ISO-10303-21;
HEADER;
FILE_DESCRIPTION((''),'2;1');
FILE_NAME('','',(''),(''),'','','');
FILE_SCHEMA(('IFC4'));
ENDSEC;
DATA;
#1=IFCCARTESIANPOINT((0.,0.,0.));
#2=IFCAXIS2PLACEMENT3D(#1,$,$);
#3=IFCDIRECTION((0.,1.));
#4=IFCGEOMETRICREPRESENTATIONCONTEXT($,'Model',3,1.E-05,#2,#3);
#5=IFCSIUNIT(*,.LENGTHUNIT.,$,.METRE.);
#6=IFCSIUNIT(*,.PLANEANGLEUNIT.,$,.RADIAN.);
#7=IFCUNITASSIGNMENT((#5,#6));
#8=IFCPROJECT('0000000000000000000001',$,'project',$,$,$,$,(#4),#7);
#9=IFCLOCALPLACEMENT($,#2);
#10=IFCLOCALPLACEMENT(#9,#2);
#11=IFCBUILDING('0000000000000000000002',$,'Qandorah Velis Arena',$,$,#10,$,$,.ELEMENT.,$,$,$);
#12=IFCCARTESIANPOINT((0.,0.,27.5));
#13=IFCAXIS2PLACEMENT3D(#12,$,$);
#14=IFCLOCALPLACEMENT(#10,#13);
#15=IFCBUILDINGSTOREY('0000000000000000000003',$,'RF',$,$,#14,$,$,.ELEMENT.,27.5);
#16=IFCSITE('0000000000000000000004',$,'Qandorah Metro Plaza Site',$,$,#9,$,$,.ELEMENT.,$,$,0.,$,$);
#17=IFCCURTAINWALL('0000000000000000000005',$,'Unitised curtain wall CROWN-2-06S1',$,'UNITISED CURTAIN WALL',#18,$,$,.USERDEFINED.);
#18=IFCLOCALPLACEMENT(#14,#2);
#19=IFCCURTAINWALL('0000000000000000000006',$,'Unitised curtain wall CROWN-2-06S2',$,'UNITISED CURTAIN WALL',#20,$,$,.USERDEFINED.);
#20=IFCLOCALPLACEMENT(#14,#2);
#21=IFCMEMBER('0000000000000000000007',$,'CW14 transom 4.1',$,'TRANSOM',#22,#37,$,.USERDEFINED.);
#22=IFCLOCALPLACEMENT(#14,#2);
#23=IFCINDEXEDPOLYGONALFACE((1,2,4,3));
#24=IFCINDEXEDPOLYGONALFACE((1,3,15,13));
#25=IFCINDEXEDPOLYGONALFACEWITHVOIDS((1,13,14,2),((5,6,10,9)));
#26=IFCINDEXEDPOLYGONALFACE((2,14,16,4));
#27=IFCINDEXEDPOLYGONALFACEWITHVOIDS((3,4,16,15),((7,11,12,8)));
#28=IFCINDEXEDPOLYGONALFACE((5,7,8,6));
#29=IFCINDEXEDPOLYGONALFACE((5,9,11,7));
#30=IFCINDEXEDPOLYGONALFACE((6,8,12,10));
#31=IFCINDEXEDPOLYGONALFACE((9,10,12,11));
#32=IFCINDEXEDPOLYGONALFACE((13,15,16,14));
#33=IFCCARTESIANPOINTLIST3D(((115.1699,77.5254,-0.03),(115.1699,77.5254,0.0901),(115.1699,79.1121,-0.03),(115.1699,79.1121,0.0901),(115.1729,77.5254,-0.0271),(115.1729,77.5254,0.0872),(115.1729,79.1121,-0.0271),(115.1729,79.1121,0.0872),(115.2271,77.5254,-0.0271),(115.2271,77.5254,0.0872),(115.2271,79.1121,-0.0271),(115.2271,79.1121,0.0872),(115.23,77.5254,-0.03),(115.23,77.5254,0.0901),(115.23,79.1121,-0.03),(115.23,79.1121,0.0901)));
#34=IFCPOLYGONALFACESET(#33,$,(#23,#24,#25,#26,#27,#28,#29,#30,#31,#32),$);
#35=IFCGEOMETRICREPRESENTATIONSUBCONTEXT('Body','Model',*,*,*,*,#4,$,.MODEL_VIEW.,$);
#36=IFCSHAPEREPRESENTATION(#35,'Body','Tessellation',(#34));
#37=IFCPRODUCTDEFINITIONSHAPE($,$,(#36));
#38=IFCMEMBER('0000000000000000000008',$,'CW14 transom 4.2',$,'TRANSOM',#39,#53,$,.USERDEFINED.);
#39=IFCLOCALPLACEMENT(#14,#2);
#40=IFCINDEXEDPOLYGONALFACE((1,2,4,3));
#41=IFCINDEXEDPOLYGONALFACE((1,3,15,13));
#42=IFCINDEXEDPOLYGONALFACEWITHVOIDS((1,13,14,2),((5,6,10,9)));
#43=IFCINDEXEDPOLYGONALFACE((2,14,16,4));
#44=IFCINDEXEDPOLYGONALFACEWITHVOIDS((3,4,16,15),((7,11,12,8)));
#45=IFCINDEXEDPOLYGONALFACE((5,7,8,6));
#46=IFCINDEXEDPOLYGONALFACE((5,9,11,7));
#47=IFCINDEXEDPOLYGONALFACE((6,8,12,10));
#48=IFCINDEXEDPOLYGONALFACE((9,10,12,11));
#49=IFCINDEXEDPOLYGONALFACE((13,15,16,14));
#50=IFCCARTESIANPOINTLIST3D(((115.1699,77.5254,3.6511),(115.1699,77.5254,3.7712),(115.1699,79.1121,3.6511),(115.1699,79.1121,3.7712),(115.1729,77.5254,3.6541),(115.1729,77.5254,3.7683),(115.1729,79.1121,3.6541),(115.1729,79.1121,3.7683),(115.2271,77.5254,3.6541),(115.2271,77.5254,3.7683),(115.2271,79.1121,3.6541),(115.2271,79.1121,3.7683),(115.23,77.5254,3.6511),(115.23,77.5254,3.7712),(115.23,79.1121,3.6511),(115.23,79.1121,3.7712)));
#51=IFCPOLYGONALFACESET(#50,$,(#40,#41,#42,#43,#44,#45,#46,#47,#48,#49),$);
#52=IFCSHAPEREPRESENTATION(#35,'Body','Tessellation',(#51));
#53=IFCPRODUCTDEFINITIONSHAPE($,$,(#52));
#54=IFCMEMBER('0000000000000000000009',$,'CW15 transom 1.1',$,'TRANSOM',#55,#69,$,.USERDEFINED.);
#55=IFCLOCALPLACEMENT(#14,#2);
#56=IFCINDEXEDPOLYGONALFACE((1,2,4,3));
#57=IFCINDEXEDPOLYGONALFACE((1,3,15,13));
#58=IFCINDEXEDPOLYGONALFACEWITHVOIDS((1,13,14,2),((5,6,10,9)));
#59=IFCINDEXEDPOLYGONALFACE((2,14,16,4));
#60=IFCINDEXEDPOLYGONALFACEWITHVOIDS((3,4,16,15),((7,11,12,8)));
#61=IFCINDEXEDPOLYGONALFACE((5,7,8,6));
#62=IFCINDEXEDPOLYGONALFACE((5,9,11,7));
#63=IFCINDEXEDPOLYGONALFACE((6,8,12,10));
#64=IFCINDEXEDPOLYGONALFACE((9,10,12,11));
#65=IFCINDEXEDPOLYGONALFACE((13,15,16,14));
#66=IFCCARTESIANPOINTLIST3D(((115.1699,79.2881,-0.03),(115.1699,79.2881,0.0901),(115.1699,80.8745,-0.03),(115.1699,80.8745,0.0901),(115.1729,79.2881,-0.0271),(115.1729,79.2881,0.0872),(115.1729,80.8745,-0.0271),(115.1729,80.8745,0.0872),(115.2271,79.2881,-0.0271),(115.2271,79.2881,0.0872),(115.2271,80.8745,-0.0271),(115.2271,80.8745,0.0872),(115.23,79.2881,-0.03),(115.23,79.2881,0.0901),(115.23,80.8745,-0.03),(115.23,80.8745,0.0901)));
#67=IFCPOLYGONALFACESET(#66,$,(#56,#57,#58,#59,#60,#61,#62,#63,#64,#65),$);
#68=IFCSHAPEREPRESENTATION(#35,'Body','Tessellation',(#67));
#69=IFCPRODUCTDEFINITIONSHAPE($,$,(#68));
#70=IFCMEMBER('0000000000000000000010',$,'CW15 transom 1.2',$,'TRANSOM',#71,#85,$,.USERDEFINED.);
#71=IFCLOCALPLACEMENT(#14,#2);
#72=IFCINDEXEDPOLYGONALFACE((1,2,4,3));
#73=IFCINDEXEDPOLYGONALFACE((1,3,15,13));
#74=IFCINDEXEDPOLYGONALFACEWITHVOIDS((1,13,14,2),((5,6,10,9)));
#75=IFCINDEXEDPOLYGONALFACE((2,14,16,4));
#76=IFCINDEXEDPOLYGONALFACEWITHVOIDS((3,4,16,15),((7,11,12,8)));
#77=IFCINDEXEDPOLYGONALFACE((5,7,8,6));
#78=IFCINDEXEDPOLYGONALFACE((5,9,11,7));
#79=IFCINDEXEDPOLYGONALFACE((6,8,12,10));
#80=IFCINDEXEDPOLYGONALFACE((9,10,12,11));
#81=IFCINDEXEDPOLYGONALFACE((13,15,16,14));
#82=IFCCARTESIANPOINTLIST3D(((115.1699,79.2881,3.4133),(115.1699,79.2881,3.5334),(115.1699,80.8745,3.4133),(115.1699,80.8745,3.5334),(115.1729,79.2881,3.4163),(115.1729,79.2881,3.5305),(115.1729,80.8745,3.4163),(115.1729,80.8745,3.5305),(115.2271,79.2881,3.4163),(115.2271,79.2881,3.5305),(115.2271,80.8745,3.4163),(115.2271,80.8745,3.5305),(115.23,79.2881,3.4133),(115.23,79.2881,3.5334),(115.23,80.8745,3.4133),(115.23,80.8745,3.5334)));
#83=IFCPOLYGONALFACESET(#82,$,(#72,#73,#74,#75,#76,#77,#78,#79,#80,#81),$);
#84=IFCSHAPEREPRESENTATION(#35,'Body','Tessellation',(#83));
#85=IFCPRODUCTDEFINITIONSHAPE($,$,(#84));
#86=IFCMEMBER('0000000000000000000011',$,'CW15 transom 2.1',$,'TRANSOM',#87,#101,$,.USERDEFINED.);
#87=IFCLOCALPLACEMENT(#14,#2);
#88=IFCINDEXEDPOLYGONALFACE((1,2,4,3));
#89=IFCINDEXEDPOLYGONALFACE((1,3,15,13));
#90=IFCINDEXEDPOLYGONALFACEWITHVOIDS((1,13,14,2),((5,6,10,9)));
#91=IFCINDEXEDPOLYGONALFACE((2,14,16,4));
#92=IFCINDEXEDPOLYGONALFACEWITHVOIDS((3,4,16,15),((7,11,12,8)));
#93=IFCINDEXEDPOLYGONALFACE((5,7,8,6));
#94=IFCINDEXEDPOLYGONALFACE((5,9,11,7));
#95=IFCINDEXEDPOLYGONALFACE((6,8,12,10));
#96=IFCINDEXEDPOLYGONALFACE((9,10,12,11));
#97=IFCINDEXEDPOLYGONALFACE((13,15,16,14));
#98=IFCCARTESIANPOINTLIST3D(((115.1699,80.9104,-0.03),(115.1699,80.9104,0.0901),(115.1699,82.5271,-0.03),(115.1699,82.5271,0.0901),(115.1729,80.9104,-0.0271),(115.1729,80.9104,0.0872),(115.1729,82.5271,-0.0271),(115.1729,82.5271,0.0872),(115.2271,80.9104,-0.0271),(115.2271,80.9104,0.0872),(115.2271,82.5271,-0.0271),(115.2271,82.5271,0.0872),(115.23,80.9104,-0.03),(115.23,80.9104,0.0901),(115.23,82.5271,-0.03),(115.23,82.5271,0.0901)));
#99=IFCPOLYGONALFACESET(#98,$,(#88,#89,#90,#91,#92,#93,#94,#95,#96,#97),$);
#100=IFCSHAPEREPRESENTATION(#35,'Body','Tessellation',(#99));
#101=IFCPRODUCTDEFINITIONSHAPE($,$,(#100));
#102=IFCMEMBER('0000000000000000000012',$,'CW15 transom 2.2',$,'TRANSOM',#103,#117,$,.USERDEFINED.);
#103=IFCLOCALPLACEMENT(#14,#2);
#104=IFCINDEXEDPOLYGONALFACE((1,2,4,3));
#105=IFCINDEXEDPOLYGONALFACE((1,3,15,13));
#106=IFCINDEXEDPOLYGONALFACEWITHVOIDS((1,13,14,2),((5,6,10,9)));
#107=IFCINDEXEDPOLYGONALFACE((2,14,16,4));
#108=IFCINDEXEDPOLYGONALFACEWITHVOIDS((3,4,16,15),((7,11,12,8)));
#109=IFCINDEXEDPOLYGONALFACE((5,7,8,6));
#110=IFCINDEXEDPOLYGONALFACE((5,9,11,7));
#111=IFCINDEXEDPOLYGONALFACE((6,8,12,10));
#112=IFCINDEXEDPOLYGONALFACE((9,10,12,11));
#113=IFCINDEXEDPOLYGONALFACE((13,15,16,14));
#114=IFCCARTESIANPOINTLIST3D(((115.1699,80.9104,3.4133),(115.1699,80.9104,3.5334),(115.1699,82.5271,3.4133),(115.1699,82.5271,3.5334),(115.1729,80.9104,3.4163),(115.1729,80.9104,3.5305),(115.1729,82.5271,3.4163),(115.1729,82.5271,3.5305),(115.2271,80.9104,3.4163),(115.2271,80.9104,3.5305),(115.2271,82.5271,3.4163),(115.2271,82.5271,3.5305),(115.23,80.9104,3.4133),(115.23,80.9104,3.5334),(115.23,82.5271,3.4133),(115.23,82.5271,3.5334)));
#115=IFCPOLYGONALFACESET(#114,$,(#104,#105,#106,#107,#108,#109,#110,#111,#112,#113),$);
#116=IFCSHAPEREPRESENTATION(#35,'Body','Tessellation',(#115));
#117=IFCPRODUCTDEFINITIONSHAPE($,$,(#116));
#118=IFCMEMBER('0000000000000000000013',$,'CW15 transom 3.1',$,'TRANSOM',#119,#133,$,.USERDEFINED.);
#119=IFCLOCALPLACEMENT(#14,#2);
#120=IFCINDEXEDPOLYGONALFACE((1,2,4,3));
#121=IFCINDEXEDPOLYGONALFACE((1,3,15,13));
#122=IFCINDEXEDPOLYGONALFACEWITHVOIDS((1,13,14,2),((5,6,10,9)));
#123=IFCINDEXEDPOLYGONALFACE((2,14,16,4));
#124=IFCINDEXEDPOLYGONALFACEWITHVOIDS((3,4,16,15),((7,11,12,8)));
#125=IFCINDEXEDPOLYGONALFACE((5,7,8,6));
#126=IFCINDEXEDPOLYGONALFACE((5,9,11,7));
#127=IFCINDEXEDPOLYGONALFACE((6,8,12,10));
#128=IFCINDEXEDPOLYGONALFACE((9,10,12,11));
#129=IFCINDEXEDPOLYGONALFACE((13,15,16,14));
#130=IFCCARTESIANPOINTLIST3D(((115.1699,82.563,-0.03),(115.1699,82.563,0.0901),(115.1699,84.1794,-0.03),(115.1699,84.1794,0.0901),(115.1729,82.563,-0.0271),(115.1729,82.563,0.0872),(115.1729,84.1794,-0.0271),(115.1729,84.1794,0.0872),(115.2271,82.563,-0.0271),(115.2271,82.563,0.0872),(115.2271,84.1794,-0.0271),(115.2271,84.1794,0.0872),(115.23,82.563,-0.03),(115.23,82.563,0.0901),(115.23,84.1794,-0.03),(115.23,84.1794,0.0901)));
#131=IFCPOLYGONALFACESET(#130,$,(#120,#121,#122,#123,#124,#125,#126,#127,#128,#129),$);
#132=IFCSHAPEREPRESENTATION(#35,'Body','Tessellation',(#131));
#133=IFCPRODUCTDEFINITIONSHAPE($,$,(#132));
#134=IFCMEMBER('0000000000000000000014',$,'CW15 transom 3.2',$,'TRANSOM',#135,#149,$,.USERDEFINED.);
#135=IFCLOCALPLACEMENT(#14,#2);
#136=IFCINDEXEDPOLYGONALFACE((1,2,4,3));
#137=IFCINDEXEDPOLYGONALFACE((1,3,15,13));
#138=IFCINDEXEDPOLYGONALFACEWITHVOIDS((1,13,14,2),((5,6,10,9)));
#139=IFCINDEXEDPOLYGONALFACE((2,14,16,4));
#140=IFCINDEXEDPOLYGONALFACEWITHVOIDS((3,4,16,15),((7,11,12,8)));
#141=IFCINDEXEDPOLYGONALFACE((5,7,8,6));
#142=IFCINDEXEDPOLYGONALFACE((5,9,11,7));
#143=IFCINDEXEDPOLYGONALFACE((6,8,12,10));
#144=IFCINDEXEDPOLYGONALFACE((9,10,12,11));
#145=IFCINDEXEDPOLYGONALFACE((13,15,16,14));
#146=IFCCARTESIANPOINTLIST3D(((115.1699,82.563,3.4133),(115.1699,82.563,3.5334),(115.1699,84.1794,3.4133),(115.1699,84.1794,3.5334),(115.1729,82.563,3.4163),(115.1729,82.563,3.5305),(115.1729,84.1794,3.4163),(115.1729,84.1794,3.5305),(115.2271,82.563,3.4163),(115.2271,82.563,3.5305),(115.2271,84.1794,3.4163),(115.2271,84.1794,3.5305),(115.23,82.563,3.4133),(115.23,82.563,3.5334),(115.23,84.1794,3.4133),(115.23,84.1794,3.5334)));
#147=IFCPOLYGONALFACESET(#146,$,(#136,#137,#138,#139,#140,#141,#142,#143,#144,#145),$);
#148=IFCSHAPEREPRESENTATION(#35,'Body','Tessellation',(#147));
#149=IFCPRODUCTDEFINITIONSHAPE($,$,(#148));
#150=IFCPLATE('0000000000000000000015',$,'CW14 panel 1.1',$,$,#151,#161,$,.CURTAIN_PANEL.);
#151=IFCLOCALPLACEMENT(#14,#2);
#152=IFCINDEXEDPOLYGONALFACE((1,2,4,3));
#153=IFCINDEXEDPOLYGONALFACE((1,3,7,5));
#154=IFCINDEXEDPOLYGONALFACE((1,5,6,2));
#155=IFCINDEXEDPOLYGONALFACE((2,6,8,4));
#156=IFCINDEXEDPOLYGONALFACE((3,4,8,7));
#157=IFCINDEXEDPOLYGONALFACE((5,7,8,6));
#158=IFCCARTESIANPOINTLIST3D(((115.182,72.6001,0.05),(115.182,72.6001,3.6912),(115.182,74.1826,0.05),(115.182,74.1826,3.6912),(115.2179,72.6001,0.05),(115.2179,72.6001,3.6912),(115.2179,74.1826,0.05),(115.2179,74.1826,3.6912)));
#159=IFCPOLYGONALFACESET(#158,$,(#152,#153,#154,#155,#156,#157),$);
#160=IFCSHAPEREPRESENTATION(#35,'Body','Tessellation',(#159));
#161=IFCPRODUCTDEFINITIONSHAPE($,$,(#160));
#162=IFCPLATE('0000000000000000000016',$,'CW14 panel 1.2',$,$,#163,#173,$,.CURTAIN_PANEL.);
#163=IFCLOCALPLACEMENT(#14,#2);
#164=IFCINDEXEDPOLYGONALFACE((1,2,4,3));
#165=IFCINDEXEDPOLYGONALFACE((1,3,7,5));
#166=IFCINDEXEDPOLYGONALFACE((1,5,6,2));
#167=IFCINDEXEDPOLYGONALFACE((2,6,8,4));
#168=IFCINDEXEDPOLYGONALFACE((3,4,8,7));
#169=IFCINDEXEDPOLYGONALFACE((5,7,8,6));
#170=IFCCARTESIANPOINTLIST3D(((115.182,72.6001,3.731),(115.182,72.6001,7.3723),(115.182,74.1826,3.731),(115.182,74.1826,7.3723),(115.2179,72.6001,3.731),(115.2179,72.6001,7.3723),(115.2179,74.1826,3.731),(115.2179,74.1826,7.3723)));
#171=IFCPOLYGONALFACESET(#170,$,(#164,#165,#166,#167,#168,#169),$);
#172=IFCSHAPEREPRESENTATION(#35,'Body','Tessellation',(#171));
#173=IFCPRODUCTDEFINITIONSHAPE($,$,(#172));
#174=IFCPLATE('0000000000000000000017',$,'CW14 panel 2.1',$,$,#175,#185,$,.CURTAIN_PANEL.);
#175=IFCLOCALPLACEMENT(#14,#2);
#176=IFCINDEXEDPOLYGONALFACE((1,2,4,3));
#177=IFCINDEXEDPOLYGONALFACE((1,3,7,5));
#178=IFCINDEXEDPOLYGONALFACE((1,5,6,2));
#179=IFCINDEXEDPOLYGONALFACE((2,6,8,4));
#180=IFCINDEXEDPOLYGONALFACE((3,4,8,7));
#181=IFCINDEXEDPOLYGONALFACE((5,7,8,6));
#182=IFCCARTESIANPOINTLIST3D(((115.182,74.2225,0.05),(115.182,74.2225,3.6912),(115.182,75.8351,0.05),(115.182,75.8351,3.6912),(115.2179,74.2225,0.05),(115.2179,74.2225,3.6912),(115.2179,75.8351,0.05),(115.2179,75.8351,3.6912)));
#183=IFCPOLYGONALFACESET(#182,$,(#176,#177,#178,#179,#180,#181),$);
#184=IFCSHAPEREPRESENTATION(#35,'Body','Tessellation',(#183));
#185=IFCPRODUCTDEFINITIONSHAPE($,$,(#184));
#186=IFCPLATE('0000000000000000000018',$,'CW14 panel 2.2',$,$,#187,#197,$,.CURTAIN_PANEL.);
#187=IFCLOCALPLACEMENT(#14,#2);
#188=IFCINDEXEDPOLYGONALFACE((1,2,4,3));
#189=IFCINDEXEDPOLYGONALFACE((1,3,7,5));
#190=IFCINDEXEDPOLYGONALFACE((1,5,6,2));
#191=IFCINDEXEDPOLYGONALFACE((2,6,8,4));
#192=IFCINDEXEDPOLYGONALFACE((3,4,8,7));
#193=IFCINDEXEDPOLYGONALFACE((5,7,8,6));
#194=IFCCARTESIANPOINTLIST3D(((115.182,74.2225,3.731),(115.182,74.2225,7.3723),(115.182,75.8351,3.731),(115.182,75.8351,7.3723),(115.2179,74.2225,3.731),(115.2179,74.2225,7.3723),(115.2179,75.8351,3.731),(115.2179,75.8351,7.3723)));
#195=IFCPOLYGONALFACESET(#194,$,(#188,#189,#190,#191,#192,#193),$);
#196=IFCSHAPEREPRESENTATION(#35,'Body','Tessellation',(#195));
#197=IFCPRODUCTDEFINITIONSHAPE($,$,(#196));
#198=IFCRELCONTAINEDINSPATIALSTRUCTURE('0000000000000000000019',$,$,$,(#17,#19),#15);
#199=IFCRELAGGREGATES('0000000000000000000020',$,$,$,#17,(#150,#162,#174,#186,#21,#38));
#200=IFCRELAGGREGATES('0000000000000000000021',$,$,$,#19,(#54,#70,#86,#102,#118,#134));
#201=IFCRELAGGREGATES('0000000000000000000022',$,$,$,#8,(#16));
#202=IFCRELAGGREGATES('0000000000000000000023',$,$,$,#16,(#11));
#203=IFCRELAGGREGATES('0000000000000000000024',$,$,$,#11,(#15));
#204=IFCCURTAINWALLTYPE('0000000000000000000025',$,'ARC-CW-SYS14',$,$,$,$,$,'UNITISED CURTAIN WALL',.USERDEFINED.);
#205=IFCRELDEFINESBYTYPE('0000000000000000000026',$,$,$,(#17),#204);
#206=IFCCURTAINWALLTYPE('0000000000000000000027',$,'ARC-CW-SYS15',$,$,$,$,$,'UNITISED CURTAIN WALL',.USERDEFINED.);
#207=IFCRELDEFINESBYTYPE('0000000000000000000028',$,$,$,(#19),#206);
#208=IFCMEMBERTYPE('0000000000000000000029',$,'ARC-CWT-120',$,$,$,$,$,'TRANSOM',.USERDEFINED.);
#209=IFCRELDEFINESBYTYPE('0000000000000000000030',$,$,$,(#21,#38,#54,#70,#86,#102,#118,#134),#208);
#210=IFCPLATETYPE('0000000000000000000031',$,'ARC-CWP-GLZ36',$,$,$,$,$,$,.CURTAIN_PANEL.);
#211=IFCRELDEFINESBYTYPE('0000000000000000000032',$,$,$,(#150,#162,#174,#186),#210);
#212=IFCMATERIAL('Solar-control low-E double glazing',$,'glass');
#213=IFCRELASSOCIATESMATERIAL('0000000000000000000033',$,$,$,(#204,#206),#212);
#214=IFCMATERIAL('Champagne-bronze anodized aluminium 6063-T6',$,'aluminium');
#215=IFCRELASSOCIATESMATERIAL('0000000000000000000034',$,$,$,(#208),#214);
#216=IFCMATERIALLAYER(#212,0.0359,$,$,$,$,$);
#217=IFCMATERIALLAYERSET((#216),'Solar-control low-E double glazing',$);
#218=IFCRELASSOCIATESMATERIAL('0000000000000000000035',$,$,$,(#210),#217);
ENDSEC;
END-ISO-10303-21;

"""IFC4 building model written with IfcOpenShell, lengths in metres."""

from ifc_helpers import new_model, si_unit, direction, frame, origin, origin_2d, place, context, subcontext, project, spatial, rectangle, hollow_rectangle, extrude, material, layer, layer_set, material_profile, profile_set, type_object, element, aggregate, save


model = new_model("IFC4")

# Units and contexts
model_context = context("Model", 3, precision=1e-05, world=origin(), true_north=direction((0.0, 1.0)))
body_context = subcontext(model_context, "Body", "Model", "MODEL_VIEW")
ifc_project = project(units=[si_unit("LENGTHUNIT", "METRE"), si_unit("PLANEANGLEUNIT", "RADIAN")], contexts=[model_context])

# Site, building, storey
site_placement = place(None, origin())
site = spatial("IfcSite", under=ifc_project, at=site_placement, Name="Qandorah Metro Plaza Site", CompositionType="ELEMENT", RefElevation=0.0)
building_placement = place(site_placement, origin())
building = spatial("IfcBuilding", under=site, at=building_placement, Name="Qandorah Velis Arena", CompositionType="ELEMENT")
storey_placement = place(building_placement, frame((0.0, 0.0, 27.5)))
storey = spatial("IfcBuildingStorey", under=building, at=storey_placement, Name="RF", CompositionType="ELEMENT", Elevation=27.5)

# Curtain walls
ifc_material_1 = material(Name="Solar-control low-E double glazing", Category="glass")
curtain_wall_type_1 = type_object("IfcCurtainWallType", Name="ARC-CW-SYS14", ElementType="UNITISED CURTAIN WALL", PredefinedType="USERDEFINED", material=ifc_material_1)
curtain_wall_1_placement = place(storey_placement, origin())
curtain_wall_1 = element("IfcCurtainWall", 1, at=curtain_wall_1_placement, inside=storey, type_object=curtain_wall_type_1, Name="Unitised curtain wall CROWN-2-06S1", ObjectType="UNITISED CURTAIN WALL", PredefinedType="USERDEFINED")
ifc_material_2 = material(Name="Champagne-bronze anodized aluminium 6063-T6", Category="aluminium")
curtain_wall_type_2 = type_object("IfcCurtainWallType", Name="ARC-CW-SYS15", ElementType="UNITISED CURTAIN WALL", PredefinedType="USERDEFINED", material=ifc_material_1)
curtain_wall_2_placement = place(storey_placement, origin())
curtain_wall_2 = element("IfcCurtainWall", 2, at=curtain_wall_2_placement, inside=storey, type_object=curtain_wall_type_2, Name="Unitised curtain wall CROWN-2-06S2", ObjectType="UNITISED CURTAIN WALL", PredefinedType="USERDEFINED")

# Members
ifc_material_profile_1 = material_profile(ifc_material_2, hollow_rectangle(XDim=0.0601, YDim=0.1201, WallThickness=0.0029, at=origin_2d()), Name="ALU TRANSOM 60x120")
ifc_profile_set_1 = profile_set([ifc_material_profile_1], Name="Champagne-bronze anodized aluminium 6063-T6")
member_type_1 = type_object("IfcMemberType", Name="ARC-CWT-120", ElementType="TRANSOM", PredefinedType="USERDEFINED", material=ifc_profile_set_1)
member_1_placement = place(storey_placement, frame((115.2, 77.5254, 0.03), z_axis=(0.0, 1.0, 0.0), x_axis=(-1.0, 0.0, 0.0)))
member_1 = element("IfcMember", 3, at=member_1_placement, type_object=member_type_1, Name="CW14 transom 4.1", ObjectType="TRANSOM", PredefinedType="USERDEFINED", context=body_context, shape_type="SweptSolid", body=[
    extrude(hollow_rectangle(XDim=0.0601, YDim=0.1201, WallThickness=0.0029, at=origin_2d()), origin(), (0.0, 0.0, 1.0), 1.5867),
])
member_2_placement = place(storey_placement, frame((115.2, 77.5254, 3.7112), z_axis=(0.0, 1.0, 0.0), x_axis=(-1.0, 0.0, 0.0)))
member_2 = element("IfcMember", 4, at=member_2_placement, type_object=member_type_1, Name="CW14 transom 4.2", ObjectType="TRANSOM", PredefinedType="USERDEFINED", context=body_context, shape_type="SweptSolid", body=[
    extrude(hollow_rectangle(XDim=0.0601, YDim=0.1201, WallThickness=0.0029, at=origin_2d()), origin(), (0.0, 0.0, 1.0), 1.5867),
])
member_3_placement = place(storey_placement, frame((115.2, 79.2881, 0.03), z_axis=(0.0, 1.0, 0.0), x_axis=(-1.0, 0.0, 0.0)))
member_3 = element("IfcMember", 5, at=member_3_placement, type_object=member_type_1, Name="CW15 transom 1.1", ObjectType="TRANSOM", PredefinedType="USERDEFINED", context=body_context, shape_type="SweptSolid", body=[
    extrude(hollow_rectangle(XDim=0.0601, YDim=0.1201, WallThickness=0.0029, at=origin_2d()), origin(), (0.0, 0.0, 1.0), 1.5864),
])
member_4_placement = place(storey_placement, frame((115.2, 79.2881, 3.4734), z_axis=(0.0, 1.0, 0.0), x_axis=(-1.0, 0.0, 0.0)))
member_4 = element("IfcMember", 6, at=member_4_placement, type_object=member_type_1, Name="CW15 transom 1.2", ObjectType="TRANSOM", PredefinedType="USERDEFINED", context=body_context, shape_type="SweptSolid", body=[
    extrude(hollow_rectangle(XDim=0.0601, YDim=0.1201, WallThickness=0.0029, at=origin_2d()), origin(), (0.0, 0.0, 1.0), 1.5864),
])
member_5_placement = place(storey_placement, frame((115.2, 80.9104, 0.03), z_axis=(0.0, 1.0, 0.0), x_axis=(-1.0, 0.0, 0.0)))
member_5 = element("IfcMember", 7, at=member_5_placement, type_object=member_type_1, Name="CW15 transom 2.1", ObjectType="TRANSOM", PredefinedType="USERDEFINED", context=body_context, shape_type="SweptSolid", body=[
    extrude(hollow_rectangle(XDim=0.0601, YDim=0.1201, WallThickness=0.0029, at=origin_2d()), origin(), (0.0, 0.0, 1.0), 1.6167),
])
member_6_placement = place(storey_placement, frame((115.2, 80.9104, 3.4734), z_axis=(0.0, 1.0, 0.0), x_axis=(-1.0, 0.0, 0.0)))
member_6 = element("IfcMember", 8, at=member_6_placement, type_object=member_type_1, Name="CW15 transom 2.2", ObjectType="TRANSOM", PredefinedType="USERDEFINED", context=body_context, shape_type="SweptSolid", body=[
    extrude(hollow_rectangle(XDim=0.0601, YDim=0.1201, WallThickness=0.0029, at=origin_2d()), origin(), (0.0, 0.0, 1.0), 1.6167),
])
member_7_placement = place(storey_placement, frame((115.2, 82.563, 0.03), z_axis=(0.0, 1.0, 0.0), x_axis=(-1.0, 0.0, 0.0)))
member_7 = element("IfcMember", 9, at=member_7_placement, type_object=member_type_1, Name="CW15 transom 3.1", ObjectType="TRANSOM", PredefinedType="USERDEFINED", context=body_context, shape_type="SweptSolid", body=[
    extrude(hollow_rectangle(XDim=0.0601, YDim=0.1201, WallThickness=0.0029, at=origin_2d()), origin(), (0.0, 0.0, 1.0), 1.6165),
])
member_8_placement = place(storey_placement, frame((115.2, 82.563, 3.4734), z_axis=(0.0, 1.0, 0.0), x_axis=(-1.0, 0.0, 0.0)))
member_8 = element("IfcMember", 10, at=member_8_placement, type_object=member_type_1, Name="CW15 transom 3.2", ObjectType="TRANSOM", PredefinedType="USERDEFINED", context=body_context, shape_type="SweptSolid", body=[
    extrude(hollow_rectangle(XDim=0.0601, YDim=0.1201, WallThickness=0.0029, at=origin_2d()), origin(), (0.0, 0.0, 1.0), 1.6165),
])

# Plates
ifc_layer_1 = layer(ifc_material_1, 0.0359)
ifc_layer_set_1 = layer_set([ifc_layer_1], Name="Solar-control low-E double glazing")
plate_type = type_object("IfcPlateType", Name="ARC-CWP-GLZ36", PredefinedType="CURTAIN_PANEL", material=ifc_layer_set_1)
plate_1_placement = place(storey_placement, frame((115.2, 73.3914, 0.05), z_axis=(0.0, 0.0, 1.0), x_axis=(0.0, 1.0, 0.0)))
plate_1 = element("IfcPlate", 11, at=plate_1_placement, type_object=plate_type, Name="CW14 panel 1.1", PredefinedType="CURTAIN_PANEL", context=body_context, shape_type="SweptSolid", body=[
    extrude(rectangle(XDim=1.5825, YDim=0.0359, at=origin_2d()), origin(), (0.0, 0.0, 1.0), 3.6411),
])
plate_2_placement = place(storey_placement, frame((115.2, 73.3914, 3.731), z_axis=(0.0, 0.0, 1.0), x_axis=(0.0, 1.0, 0.0)))
plate_2 = element("IfcPlate", 12, at=plate_2_placement, type_object=plate_type, Name="CW14 panel 1.2", PredefinedType="CURTAIN_PANEL", context=body_context, shape_type="SweptSolid", body=[
    extrude(rectangle(XDim=1.5825, YDim=0.0359, at=origin_2d()), origin(), (0.0, 0.0, 1.0), 3.6414),
])
plate_3_placement = place(storey_placement, frame((115.2, 75.0288, 0.05), z_axis=(0.0, 0.0, 1.0), x_axis=(0.0, 1.0, 0.0)))
plate_3 = element("IfcPlate", 13, at=plate_3_placement, type_object=plate_type, Name="CW14 panel 2.1", PredefinedType="CURTAIN_PANEL", context=body_context, shape_type="SweptSolid", body=[
    extrude(rectangle(XDim=1.6125, YDim=0.0359, at=origin_2d()), origin(), (0.0, 0.0, 1.0), 3.6411),
])
plate_4_placement = place(storey_placement, frame((115.2, 75.0288, 3.731), z_axis=(0.0, 0.0, 1.0), x_axis=(0.0, 1.0, 0.0)))
plate_4 = element("IfcPlate", 14, at=plate_4_placement, type_object=plate_type, Name="CW14 panel 2.2", PredefinedType="CURTAIN_PANEL", context=body_context, shape_type="SweptSolid", body=[
    extrude(rectangle(XDim=1.6125, YDim=0.0359, at=origin_2d()), origin(), (0.0, 0.0, 1.0), 3.6414),
])
aggregate(curtain_wall_1, [plate_1, plate_2, plate_3, plate_4, member_1, member_2])
aggregate(curtain_wall_2, [member_3, member_4, member_5, member_6, member_7, member_8])

save(model, "model.ifc")
